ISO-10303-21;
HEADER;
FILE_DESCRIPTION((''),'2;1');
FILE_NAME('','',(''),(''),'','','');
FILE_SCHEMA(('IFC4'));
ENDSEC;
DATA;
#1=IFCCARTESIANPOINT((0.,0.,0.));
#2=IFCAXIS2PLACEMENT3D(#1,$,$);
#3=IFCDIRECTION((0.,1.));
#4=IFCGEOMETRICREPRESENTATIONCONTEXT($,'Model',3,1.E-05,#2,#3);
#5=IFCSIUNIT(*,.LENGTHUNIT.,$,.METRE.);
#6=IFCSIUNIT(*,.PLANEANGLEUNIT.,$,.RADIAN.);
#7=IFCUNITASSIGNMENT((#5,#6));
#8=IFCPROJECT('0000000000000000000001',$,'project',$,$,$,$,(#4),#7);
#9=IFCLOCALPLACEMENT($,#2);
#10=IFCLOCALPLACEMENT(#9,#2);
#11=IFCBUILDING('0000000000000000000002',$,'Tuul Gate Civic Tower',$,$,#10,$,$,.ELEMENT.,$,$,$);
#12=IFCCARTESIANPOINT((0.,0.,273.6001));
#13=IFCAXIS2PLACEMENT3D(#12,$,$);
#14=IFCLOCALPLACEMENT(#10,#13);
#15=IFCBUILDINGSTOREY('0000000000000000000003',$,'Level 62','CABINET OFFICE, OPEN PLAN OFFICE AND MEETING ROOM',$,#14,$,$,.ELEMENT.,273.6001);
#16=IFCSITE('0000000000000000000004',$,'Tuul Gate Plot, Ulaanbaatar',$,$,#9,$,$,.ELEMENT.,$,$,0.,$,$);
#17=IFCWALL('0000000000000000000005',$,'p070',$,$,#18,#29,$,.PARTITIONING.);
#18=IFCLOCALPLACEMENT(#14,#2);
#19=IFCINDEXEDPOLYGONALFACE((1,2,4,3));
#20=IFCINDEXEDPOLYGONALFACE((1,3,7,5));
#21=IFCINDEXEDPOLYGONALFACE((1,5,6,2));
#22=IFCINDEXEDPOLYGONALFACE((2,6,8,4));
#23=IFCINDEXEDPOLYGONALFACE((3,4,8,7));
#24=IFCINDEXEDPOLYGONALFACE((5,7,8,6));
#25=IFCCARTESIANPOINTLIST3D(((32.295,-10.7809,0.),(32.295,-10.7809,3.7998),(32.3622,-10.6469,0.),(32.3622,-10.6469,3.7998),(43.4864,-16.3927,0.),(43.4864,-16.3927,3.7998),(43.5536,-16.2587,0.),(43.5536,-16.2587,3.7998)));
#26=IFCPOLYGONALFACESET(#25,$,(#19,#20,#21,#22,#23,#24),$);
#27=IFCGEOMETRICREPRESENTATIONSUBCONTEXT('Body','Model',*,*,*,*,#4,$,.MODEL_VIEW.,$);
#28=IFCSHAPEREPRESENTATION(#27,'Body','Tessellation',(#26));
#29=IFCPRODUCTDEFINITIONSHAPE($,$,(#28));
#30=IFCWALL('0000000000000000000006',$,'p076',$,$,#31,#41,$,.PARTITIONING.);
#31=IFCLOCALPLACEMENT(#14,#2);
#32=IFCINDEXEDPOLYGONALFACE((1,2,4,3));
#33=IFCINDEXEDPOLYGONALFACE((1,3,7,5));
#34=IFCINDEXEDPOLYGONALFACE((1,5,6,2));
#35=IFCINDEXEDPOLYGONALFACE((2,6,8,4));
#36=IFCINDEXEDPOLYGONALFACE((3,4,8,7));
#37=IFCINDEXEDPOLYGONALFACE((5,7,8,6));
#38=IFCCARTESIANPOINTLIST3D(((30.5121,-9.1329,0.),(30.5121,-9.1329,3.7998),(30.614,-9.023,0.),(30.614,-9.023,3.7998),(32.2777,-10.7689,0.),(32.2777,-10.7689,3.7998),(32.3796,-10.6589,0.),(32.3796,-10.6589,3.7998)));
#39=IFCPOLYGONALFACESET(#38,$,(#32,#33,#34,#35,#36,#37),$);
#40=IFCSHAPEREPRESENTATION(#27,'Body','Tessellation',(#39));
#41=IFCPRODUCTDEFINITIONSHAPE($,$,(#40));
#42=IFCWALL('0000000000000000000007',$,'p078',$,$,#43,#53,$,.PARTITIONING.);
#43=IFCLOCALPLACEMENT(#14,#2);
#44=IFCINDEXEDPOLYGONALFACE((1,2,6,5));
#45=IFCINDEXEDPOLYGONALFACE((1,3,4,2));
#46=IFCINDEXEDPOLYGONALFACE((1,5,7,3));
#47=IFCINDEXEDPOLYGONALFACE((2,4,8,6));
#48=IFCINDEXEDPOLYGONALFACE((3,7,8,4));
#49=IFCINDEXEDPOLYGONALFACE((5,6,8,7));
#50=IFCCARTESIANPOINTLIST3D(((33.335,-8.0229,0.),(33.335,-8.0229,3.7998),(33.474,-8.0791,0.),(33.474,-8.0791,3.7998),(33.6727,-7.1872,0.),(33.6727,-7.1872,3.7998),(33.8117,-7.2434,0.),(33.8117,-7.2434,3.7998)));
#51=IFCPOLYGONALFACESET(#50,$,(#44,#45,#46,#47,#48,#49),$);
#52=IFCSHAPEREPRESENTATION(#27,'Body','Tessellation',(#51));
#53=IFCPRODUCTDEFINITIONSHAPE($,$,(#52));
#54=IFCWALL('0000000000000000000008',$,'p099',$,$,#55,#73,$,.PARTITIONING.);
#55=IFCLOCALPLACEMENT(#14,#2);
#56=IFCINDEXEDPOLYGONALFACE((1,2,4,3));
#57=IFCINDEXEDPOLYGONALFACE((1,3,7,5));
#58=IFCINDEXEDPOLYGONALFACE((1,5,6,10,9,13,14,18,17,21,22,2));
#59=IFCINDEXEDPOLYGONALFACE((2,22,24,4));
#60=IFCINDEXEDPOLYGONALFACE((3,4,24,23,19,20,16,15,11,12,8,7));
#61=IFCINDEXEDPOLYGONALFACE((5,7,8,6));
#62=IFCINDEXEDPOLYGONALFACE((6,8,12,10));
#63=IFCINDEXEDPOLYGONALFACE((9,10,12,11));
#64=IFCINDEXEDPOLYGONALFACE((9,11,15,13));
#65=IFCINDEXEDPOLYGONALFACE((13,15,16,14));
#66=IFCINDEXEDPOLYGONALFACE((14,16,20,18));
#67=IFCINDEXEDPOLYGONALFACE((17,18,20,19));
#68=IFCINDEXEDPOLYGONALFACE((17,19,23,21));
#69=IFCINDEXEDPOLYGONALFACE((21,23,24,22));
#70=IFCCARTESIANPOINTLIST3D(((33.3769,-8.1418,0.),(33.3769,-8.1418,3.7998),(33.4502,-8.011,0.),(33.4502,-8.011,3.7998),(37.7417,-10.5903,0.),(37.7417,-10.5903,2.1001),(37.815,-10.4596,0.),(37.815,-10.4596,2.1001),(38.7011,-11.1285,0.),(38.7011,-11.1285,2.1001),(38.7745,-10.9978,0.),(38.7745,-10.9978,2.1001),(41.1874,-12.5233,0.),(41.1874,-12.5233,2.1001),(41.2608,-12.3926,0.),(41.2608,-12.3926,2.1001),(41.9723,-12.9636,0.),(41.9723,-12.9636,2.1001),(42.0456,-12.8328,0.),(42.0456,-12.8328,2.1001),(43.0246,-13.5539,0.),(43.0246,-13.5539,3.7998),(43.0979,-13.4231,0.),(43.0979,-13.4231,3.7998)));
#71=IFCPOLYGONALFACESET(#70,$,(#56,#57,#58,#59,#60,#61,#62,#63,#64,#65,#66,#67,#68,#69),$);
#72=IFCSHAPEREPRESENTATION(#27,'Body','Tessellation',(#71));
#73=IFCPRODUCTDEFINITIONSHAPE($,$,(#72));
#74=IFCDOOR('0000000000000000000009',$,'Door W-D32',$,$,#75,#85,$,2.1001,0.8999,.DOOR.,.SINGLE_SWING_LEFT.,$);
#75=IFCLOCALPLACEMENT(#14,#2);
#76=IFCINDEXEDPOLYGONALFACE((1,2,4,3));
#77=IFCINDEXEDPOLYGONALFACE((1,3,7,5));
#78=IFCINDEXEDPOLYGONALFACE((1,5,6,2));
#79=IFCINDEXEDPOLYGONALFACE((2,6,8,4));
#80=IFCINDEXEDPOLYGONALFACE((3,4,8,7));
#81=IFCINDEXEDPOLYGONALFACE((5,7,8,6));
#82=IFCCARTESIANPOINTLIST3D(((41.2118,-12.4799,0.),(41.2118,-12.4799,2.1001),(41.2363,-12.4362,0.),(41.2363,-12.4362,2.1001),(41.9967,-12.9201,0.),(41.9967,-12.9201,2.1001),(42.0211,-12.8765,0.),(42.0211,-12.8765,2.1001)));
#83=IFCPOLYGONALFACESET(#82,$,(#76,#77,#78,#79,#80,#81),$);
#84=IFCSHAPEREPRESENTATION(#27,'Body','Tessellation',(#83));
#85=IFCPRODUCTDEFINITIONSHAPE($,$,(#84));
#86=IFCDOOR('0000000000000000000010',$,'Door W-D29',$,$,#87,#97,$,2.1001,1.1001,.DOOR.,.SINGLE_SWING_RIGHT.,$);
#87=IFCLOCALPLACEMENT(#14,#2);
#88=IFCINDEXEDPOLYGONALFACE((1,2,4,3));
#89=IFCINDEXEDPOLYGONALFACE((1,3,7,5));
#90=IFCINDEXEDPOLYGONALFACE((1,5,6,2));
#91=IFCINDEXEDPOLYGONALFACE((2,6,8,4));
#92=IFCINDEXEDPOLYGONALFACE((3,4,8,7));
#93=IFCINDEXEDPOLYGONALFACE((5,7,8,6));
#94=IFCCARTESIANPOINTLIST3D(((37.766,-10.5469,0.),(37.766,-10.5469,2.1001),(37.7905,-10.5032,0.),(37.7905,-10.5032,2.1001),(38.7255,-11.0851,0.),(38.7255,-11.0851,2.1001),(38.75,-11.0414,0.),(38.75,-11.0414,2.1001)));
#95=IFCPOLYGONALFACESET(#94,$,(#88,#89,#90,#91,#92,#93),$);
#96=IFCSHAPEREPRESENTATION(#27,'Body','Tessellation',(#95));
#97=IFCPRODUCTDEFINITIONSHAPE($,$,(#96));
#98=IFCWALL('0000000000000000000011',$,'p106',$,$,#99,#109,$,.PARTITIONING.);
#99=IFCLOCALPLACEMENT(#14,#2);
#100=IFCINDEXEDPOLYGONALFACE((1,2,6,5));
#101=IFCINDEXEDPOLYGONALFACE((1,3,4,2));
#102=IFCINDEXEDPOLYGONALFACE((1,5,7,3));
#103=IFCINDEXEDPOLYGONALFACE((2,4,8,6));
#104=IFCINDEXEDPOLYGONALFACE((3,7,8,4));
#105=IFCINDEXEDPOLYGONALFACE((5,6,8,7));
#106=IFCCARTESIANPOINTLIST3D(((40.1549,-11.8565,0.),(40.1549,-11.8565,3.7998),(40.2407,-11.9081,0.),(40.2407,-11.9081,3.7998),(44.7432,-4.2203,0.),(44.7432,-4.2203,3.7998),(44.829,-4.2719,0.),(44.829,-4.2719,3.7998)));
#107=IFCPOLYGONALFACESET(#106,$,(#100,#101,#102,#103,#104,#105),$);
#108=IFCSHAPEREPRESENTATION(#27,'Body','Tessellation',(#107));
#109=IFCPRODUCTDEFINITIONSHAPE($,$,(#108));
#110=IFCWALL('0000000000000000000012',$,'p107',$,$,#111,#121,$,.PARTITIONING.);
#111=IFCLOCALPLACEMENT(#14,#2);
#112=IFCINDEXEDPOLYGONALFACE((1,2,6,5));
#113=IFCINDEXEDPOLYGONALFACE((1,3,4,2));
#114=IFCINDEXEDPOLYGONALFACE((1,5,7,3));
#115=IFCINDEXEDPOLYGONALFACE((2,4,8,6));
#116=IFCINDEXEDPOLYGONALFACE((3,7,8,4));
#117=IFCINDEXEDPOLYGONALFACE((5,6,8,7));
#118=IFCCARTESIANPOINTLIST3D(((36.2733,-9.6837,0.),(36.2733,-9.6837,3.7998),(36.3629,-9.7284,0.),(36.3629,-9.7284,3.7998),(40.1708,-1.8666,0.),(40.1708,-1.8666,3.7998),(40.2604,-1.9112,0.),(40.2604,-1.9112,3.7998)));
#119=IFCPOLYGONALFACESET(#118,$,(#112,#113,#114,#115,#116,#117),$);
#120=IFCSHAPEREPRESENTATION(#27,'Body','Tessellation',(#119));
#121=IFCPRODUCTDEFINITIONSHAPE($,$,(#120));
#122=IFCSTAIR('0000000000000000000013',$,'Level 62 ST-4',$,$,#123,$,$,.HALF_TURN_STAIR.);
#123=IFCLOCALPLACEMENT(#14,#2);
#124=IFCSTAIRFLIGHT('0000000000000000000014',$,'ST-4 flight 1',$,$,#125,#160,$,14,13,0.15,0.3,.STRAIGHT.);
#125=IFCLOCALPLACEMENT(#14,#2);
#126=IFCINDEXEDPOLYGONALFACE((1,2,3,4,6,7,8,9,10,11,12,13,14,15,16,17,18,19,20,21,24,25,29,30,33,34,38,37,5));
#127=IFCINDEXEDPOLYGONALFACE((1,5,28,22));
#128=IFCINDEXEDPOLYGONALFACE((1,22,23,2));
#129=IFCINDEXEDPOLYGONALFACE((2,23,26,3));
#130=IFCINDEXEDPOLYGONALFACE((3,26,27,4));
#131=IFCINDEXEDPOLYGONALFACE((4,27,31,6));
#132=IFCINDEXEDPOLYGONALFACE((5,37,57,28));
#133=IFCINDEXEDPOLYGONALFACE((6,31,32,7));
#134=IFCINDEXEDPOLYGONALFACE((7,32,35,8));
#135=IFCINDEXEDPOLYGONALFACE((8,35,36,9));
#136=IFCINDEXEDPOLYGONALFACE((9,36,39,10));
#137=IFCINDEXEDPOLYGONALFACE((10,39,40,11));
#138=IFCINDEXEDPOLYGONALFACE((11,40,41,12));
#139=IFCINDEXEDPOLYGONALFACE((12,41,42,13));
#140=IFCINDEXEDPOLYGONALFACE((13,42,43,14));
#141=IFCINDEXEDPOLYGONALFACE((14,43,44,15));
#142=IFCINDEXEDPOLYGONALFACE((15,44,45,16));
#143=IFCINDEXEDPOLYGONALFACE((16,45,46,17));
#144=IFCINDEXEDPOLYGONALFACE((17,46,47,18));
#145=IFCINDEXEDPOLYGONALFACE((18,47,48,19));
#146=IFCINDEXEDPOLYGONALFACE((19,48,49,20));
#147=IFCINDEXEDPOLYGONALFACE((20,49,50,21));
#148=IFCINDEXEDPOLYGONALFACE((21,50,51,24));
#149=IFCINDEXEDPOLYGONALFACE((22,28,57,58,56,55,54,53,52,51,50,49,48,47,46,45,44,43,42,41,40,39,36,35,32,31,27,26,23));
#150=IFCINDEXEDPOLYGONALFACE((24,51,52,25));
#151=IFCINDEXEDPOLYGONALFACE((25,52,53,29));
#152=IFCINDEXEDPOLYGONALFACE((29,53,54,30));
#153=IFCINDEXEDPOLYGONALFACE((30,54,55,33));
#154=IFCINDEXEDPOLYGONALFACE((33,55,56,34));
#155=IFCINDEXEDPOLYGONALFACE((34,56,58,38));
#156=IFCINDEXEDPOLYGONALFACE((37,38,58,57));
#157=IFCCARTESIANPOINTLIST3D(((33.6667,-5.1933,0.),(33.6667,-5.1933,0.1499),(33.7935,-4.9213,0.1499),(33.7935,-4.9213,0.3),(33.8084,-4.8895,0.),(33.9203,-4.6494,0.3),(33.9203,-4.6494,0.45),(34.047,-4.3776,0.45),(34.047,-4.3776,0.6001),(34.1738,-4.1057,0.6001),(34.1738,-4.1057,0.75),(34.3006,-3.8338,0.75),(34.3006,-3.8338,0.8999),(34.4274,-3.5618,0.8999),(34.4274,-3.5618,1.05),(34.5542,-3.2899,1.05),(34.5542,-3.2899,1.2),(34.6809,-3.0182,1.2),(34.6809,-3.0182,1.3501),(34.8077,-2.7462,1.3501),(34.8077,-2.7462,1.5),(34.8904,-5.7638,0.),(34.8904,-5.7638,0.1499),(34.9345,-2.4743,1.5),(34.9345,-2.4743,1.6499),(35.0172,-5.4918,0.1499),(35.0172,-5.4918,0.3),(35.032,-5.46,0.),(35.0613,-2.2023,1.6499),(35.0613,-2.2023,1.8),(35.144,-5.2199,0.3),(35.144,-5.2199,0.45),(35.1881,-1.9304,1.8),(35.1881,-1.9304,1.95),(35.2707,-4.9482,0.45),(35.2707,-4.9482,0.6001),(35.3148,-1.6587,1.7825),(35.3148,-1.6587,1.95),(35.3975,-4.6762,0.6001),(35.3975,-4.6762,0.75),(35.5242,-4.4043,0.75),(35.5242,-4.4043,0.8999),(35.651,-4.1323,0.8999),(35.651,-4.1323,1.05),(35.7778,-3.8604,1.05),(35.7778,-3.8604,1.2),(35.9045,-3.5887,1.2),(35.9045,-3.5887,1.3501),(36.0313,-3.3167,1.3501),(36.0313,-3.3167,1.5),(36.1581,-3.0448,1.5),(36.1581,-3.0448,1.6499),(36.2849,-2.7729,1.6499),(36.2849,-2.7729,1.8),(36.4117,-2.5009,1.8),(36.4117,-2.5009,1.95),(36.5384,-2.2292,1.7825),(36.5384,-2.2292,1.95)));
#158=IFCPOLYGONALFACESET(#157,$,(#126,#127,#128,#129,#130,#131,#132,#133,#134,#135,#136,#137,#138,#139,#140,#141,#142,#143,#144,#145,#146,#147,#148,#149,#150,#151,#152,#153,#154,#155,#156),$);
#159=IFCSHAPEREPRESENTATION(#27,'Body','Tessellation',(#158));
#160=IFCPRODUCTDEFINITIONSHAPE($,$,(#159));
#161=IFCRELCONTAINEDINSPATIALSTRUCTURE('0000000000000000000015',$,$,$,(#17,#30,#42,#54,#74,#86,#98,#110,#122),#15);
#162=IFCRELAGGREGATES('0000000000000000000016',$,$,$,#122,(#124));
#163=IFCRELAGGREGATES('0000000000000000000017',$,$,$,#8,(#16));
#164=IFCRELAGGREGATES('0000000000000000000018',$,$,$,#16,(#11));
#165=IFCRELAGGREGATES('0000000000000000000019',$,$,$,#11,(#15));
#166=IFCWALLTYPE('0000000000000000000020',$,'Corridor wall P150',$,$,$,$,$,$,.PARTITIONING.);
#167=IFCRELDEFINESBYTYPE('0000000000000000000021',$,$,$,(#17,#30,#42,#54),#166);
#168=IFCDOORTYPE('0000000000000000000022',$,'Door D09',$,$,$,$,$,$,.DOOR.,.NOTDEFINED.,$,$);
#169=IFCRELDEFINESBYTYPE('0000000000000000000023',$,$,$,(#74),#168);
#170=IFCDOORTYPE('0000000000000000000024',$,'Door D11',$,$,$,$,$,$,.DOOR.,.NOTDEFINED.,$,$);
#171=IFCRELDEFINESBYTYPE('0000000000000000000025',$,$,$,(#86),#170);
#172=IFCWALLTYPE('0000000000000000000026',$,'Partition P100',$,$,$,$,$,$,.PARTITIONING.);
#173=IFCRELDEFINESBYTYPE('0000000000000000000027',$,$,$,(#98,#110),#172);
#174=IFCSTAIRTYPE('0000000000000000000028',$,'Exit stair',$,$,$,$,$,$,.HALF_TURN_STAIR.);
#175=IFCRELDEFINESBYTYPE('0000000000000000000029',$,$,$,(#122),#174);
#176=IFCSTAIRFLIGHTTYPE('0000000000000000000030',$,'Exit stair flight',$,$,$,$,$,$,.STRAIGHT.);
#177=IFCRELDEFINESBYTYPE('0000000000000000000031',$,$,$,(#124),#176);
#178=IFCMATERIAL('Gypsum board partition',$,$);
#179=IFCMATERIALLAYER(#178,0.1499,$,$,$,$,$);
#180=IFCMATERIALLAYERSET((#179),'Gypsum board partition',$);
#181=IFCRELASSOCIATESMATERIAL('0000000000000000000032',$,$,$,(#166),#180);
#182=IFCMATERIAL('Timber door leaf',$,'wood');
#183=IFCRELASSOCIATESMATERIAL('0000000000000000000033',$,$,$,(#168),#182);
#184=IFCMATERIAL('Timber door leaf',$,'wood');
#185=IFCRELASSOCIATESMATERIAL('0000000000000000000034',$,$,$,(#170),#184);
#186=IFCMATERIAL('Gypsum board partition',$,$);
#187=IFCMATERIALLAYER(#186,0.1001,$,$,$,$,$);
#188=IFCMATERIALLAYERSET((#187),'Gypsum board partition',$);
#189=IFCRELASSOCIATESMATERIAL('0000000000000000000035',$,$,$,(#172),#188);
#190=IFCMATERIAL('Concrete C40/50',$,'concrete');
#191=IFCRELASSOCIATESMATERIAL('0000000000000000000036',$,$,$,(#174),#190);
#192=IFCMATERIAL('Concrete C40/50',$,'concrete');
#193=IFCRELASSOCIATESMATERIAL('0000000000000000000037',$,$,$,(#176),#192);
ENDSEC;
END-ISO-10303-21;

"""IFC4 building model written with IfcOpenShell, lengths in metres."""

from ifc_helpers import new_model, si_unit, direction, frame, frame_2d, origin, place, context, subcontext, project, spatial, polyline, rectangle, outline, extrude, material, layer, layer_set, type_object, element, fill, aggregate, save


model = new_model("IFC4")

# Units and contexts
model_context = context("Model", 3, precision=1e-05, world=origin(), true_north=direction((0.0, 1.0)))
body_context = subcontext(model_context, "Body", "Model", "MODEL_VIEW")
ifc_project = project(units=[si_unit("LENGTHUNIT", "METRE"), si_unit("PLANEANGLEUNIT", "RADIAN")], contexts=[model_context])

# Site, building, storey
site_placement = place(None, origin())
site = spatial("IfcSite", under=ifc_project, at=site_placement, Name="Tuul Gate Plot, Ulaanbaatar", CompositionType="ELEMENT", RefElevation=0.0)
building_placement = place(site_placement, origin())
building = spatial("IfcBuilding", under=site, at=building_placement, Name="Tuul Gate Civic Tower", CompositionType="ELEMENT")
storey_placement = place(building_placement, frame((0.0, 0.0, 273.6001)))
storey = spatial("IfcBuildingStorey", under=building, at=storey_placement, Name="Level 62", Description="CABINET OFFICE, OPEN PLAN OFFICE AND MEETING ROOM", CompositionType="ELEMENT", Elevation=273.6001)

# Walls
ifc_material_1 = material(Name="Gypsum board partition")
ifc_layer_1 = layer(ifc_material_1, 0.1499)
ifc_layer_set_1 = layer_set([ifc_layer_1], Name="Gypsum board partition")
wall_type_1 = type_object("IfcWallType", Name="Corridor wall P150", PredefinedType="PARTITIONING", material=ifc_layer_set_1)
wall_1_placement = place(storey_placement, frame((32.3286, -10.7139, 0.0), z_axis=(0.0, 0.0, 1.0), x_axis=(0.893912, -0.448243, 0.0)))
element("IfcWall", 1, at=wall_1_placement, inside=storey, type_object=wall_type_1, Name="p070", PredefinedType="PARTITIONING", context=body_context, shape_type="SweptSolid", body=[
    extrude(rectangle(XDim=12.5195, YDim=0.1499, at=frame_2d((6.2598, 0.0))), origin(), (0.0, 0.0, 1.0), 3.7998),
])
wall_2_placement = place(storey_placement, frame((30.563, -9.0779, 0.0), z_axis=(0.0, 0.0, 1.0), x_axis=(0.733523, -0.679665, 0.0)))
element("IfcWall", 2, at=wall_2_placement, inside=storey, type_object=wall_type_1, Name="p076", PredefinedType="PARTITIONING", context=body_context, shape_type="SweptSolid", body=[
    extrude(rectangle(XDim=2.407, YDim=0.1499, at=frame_2d((1.2036, 0.0))), origin(), (0.0, 0.0, 1.0), 3.7998),
])
wall_3_placement = place(storey_placement, frame((33.4045, -8.051, 0.0), z_axis=(0.0, 0.0, 1.0), x_axis=(0.374611, 0.927182, 0.0)))
element("IfcWall", 3, at=wall_3_placement, inside=storey, type_object=wall_type_1, Name="p078", PredefinedType="PARTITIONING", context=body_context, shape_type="SweptSolid", body=[
    extrude(rectangle(XDim=0.9014, YDim=0.1499, at=frame_2d((0.4507, 0.0))), origin(), (0.0, 0.0, 1.0), 3.7998),
])

# Wall, openings, doors
wall_4_placement = place(storey_placement, frame((33.4136, -8.0764, 0.0), z_axis=(0.0, 0.0, 1.0), x_axis=(0.872144, -0.48925, 0.0)))
wall_4 = element("IfcWall", 4, at=wall_4_placement, inside=storey, type_object=wall_type_1, Name="p099", PredefinedType="PARTITIONING", context=body_context, shape_type="SweptSolid", body=[
    extrude(rectangle(XDim=11.062, YDim=0.1499, at=frame_2d((5.531, 0.0))), origin(), (0.0, 0.0, 1.0), 3.7998),
])
opening_1_placement = place(wall_4_placement, frame((5.0046, 0.0, 0.0)))
opening_1 = element("IfcOpeningElement", 5, at=opening_1_placement, cuts=wall_4, PredefinedType="OPENING", context=body_context, shape_type="SweptSolid", body=[
    extrude(rectangle(XDim=1.1001, YDim=2.1001, at=frame_2d((0.55, 1.05))), frame((0.0, 0.085, 0.0), z_axis=(0.0, -1.0, 0.0), x_axis=(1.0, 0.0, 0.0)), (0.0, 0.0, 1.0), 0.1699),
])
opening_2_placement = place(wall_4_placement, frame((8.9556, 0.0, 0.0)))
opening_2 = element("IfcOpeningElement", 6, at=opening_2_placement, cuts=wall_4, PredefinedType="OPENING", context=body_context, shape_type="SweptSolid", body=[
    extrude(rectangle(XDim=0.8999, YDim=2.1001, at=frame_2d((0.45, 1.05))), frame((0.0, 0.085, 0.0), z_axis=(0.0, -1.0, 0.0), x_axis=(1.0, 0.0, 0.0)), (0.0, 0.0, 1.0), 0.1699),
])
ifc_material_2 = material(Name="Timber door leaf", Category="wood")
door_type_1 = type_object("IfcDoorType", Name="Door D09", OperationType="NOTDEFINED", PredefinedType="DOOR", material=ifc_material_2)
door_1_placement = place(opening_2_placement, origin())
door_1 = element("IfcDoor", 7, at=door_1_placement, inside=storey, type_object=door_type_1, Name="Door W-D32", OperationType="SINGLE_SWING_LEFT", OverallHeight=2.1001, OverallWidth=0.8999, PredefinedType="DOOR", context=body_context, shape_type="SweptSolid", body=[
    extrude(rectangle(XDim=0.8999, YDim=2.1001, at=frame_2d((0.45, 1.05))), frame((0.0, 0.0249, 0.0), z_axis=(0.0, -1.0, 0.0), x_axis=(1.0, 0.0, 0.0)), (0.0, 0.0, 1.0), 0.05),
])
fill(opening_2, door_1)
ifc_material_3 = material(Name="Timber door leaf", Category="wood")
door_type_2 = type_object("IfcDoorType", Name="Door D11", OperationType="NOTDEFINED", PredefinedType="DOOR", material=ifc_material_3)
door_2_placement = place(opening_1_placement, origin())
door_2 = element("IfcDoor", 8, at=door_2_placement, inside=storey, type_object=door_type_2, Name="Door W-D29", OperationType="SINGLE_SWING_RIGHT", OverallHeight=2.1001, OverallWidth=1.1001, PredefinedType="DOOR", context=body_context, shape_type="SweptSolid", body=[
    extrude(rectangle(XDim=1.1001, YDim=2.1001, at=frame_2d((0.55, 1.05))), frame((0.0, 0.0249, 0.0), z_axis=(0.0, -1.0, 0.0), x_axis=(1.0, 0.0, 0.0)), (0.0, 0.0, 1.0), 0.05),
])
fill(opening_1, door_2)

# Walls
ifc_material_4 = material(Name="Gypsum board partition")
ifc_layer_2 = layer(ifc_material_4, 0.1001)
ifc_layer_set_2 = layer_set([ifc_layer_2], Name="Gypsum board partition")
wall_type_2 = type_object("IfcWallType", Name="Partition P100", PredefinedType="PARTITIONING", material=ifc_layer_set_2)
wall_5_placement = place(storey_placement, frame((40.1978, -11.8823, 0.0), z_axis=(0.0, 0.0, 1.0), x_axis=(0.515044, 0.857164, 0.0)))
element("IfcWall", 9, at=wall_5_placement, inside=storey, type_object=wall_type_2, Name="p106", PredefinedType="PARTITIONING", context=body_context, shape_type="SweptSolid", body=[
    extrude(rectangle(XDim=8.9087, YDim=0.1001, at=frame_2d((4.4543, 0.0))), origin(), (0.0, 0.0, 1.0), 3.7998),
])
wall_6_placement = place(storey_placement, frame((36.3181, -9.7061, 0.0), z_axis=(0.0, 0.0, 1.0), x_axis=(0.446196, 0.894935, 0.0)))
element("IfcWall", 10, at=wall_6_placement, inside=storey, type_object=wall_type_2, Name="p107", PredefinedType="PARTITIONING", context=body_context, shape_type="SweptSolid", body=[
    extrude(rectangle(XDim=8.7349, YDim=0.1001, at=frame_2d((4.3674, 0.0))), origin(), (0.0, 0.0, 1.0), 3.7998),
])

# Stair, stair flight
ifc_material_5 = material(Name="Concrete C40/50", Category="concrete")
stair_type = type_object("IfcStairType", Name="Exit stair", PredefinedType="HALF_TURN_STAIR", material=ifc_material_5)
stair_placement = place(storey_placement, origin())
stair = element("IfcStair", 11, at=stair_placement, inside=storey, type_object=stair_type, Name="Level 62 ST-4", PredefinedType="HALF_TURN_STAIR")
ifc_material_6 = material(Name="Concrete C40/50", Category="concrete")
stair_flight_type = type_object("IfcStairFlightType", Name="Exit stair flight", PredefinedType="STRAIGHT", material=ifc_material_6)
stair_flight_placement = place(storey_placement, frame((34.2786, -5.4785, 0.0), z_axis=(0.0, 0.0, 1.0), x_axis=(0.422576, 0.906327, 0.0)))
stair_flight = element("IfcStairFlight", 12, at=stair_flight_placement, type_object=stair_flight_type, Name="ST-4 flight 1", NumberOfRisers=14, NumberOfTreads=13, PredefinedType="STRAIGHT", RiserHeight=0.15, TreadLength=0.3, context=body_context, shape_type="SweptSolid", body=[
    extrude(outline(polyline([(0.0, 0.0), (0.0, 0.1499), (0.3, 0.1499), (0.3, 0.3), (0.6001, 0.3), (0.6001, 0.45), (0.8999, 0.45), (0.8999, 0.6001), (1.2, 0.6001), (1.2, 0.75), (1.5, 0.75), (1.5, 0.8999), (1.8, 0.8999), (1.8, 1.05), (2.1001, 1.05), (2.1001, 1.2), (2.3999, 1.2), (2.3999, 1.3501), (2.7, 1.3501), (2.7, 1.5), (3.0, 1.5), (3.0, 1.6499), (3.3, 1.6499), (3.3, 1.8), (3.6001, 1.8), (3.6001, 1.95), (3.8999, 1.95), (3.8999, 2.1001), (3.8999, 1.7825), (0.3352, 0.0), (0.0, 0.0)])), frame((0.0, 0.675, 0.0), z_axis=(0.0, -1.0, 0.0), x_axis=(1.0, 0.0, 0.0)), (0.0, 0.0, 1.0), 1.3501),
])
aggregate(stair, [stair_flight])

save(model, "model.ifc")
